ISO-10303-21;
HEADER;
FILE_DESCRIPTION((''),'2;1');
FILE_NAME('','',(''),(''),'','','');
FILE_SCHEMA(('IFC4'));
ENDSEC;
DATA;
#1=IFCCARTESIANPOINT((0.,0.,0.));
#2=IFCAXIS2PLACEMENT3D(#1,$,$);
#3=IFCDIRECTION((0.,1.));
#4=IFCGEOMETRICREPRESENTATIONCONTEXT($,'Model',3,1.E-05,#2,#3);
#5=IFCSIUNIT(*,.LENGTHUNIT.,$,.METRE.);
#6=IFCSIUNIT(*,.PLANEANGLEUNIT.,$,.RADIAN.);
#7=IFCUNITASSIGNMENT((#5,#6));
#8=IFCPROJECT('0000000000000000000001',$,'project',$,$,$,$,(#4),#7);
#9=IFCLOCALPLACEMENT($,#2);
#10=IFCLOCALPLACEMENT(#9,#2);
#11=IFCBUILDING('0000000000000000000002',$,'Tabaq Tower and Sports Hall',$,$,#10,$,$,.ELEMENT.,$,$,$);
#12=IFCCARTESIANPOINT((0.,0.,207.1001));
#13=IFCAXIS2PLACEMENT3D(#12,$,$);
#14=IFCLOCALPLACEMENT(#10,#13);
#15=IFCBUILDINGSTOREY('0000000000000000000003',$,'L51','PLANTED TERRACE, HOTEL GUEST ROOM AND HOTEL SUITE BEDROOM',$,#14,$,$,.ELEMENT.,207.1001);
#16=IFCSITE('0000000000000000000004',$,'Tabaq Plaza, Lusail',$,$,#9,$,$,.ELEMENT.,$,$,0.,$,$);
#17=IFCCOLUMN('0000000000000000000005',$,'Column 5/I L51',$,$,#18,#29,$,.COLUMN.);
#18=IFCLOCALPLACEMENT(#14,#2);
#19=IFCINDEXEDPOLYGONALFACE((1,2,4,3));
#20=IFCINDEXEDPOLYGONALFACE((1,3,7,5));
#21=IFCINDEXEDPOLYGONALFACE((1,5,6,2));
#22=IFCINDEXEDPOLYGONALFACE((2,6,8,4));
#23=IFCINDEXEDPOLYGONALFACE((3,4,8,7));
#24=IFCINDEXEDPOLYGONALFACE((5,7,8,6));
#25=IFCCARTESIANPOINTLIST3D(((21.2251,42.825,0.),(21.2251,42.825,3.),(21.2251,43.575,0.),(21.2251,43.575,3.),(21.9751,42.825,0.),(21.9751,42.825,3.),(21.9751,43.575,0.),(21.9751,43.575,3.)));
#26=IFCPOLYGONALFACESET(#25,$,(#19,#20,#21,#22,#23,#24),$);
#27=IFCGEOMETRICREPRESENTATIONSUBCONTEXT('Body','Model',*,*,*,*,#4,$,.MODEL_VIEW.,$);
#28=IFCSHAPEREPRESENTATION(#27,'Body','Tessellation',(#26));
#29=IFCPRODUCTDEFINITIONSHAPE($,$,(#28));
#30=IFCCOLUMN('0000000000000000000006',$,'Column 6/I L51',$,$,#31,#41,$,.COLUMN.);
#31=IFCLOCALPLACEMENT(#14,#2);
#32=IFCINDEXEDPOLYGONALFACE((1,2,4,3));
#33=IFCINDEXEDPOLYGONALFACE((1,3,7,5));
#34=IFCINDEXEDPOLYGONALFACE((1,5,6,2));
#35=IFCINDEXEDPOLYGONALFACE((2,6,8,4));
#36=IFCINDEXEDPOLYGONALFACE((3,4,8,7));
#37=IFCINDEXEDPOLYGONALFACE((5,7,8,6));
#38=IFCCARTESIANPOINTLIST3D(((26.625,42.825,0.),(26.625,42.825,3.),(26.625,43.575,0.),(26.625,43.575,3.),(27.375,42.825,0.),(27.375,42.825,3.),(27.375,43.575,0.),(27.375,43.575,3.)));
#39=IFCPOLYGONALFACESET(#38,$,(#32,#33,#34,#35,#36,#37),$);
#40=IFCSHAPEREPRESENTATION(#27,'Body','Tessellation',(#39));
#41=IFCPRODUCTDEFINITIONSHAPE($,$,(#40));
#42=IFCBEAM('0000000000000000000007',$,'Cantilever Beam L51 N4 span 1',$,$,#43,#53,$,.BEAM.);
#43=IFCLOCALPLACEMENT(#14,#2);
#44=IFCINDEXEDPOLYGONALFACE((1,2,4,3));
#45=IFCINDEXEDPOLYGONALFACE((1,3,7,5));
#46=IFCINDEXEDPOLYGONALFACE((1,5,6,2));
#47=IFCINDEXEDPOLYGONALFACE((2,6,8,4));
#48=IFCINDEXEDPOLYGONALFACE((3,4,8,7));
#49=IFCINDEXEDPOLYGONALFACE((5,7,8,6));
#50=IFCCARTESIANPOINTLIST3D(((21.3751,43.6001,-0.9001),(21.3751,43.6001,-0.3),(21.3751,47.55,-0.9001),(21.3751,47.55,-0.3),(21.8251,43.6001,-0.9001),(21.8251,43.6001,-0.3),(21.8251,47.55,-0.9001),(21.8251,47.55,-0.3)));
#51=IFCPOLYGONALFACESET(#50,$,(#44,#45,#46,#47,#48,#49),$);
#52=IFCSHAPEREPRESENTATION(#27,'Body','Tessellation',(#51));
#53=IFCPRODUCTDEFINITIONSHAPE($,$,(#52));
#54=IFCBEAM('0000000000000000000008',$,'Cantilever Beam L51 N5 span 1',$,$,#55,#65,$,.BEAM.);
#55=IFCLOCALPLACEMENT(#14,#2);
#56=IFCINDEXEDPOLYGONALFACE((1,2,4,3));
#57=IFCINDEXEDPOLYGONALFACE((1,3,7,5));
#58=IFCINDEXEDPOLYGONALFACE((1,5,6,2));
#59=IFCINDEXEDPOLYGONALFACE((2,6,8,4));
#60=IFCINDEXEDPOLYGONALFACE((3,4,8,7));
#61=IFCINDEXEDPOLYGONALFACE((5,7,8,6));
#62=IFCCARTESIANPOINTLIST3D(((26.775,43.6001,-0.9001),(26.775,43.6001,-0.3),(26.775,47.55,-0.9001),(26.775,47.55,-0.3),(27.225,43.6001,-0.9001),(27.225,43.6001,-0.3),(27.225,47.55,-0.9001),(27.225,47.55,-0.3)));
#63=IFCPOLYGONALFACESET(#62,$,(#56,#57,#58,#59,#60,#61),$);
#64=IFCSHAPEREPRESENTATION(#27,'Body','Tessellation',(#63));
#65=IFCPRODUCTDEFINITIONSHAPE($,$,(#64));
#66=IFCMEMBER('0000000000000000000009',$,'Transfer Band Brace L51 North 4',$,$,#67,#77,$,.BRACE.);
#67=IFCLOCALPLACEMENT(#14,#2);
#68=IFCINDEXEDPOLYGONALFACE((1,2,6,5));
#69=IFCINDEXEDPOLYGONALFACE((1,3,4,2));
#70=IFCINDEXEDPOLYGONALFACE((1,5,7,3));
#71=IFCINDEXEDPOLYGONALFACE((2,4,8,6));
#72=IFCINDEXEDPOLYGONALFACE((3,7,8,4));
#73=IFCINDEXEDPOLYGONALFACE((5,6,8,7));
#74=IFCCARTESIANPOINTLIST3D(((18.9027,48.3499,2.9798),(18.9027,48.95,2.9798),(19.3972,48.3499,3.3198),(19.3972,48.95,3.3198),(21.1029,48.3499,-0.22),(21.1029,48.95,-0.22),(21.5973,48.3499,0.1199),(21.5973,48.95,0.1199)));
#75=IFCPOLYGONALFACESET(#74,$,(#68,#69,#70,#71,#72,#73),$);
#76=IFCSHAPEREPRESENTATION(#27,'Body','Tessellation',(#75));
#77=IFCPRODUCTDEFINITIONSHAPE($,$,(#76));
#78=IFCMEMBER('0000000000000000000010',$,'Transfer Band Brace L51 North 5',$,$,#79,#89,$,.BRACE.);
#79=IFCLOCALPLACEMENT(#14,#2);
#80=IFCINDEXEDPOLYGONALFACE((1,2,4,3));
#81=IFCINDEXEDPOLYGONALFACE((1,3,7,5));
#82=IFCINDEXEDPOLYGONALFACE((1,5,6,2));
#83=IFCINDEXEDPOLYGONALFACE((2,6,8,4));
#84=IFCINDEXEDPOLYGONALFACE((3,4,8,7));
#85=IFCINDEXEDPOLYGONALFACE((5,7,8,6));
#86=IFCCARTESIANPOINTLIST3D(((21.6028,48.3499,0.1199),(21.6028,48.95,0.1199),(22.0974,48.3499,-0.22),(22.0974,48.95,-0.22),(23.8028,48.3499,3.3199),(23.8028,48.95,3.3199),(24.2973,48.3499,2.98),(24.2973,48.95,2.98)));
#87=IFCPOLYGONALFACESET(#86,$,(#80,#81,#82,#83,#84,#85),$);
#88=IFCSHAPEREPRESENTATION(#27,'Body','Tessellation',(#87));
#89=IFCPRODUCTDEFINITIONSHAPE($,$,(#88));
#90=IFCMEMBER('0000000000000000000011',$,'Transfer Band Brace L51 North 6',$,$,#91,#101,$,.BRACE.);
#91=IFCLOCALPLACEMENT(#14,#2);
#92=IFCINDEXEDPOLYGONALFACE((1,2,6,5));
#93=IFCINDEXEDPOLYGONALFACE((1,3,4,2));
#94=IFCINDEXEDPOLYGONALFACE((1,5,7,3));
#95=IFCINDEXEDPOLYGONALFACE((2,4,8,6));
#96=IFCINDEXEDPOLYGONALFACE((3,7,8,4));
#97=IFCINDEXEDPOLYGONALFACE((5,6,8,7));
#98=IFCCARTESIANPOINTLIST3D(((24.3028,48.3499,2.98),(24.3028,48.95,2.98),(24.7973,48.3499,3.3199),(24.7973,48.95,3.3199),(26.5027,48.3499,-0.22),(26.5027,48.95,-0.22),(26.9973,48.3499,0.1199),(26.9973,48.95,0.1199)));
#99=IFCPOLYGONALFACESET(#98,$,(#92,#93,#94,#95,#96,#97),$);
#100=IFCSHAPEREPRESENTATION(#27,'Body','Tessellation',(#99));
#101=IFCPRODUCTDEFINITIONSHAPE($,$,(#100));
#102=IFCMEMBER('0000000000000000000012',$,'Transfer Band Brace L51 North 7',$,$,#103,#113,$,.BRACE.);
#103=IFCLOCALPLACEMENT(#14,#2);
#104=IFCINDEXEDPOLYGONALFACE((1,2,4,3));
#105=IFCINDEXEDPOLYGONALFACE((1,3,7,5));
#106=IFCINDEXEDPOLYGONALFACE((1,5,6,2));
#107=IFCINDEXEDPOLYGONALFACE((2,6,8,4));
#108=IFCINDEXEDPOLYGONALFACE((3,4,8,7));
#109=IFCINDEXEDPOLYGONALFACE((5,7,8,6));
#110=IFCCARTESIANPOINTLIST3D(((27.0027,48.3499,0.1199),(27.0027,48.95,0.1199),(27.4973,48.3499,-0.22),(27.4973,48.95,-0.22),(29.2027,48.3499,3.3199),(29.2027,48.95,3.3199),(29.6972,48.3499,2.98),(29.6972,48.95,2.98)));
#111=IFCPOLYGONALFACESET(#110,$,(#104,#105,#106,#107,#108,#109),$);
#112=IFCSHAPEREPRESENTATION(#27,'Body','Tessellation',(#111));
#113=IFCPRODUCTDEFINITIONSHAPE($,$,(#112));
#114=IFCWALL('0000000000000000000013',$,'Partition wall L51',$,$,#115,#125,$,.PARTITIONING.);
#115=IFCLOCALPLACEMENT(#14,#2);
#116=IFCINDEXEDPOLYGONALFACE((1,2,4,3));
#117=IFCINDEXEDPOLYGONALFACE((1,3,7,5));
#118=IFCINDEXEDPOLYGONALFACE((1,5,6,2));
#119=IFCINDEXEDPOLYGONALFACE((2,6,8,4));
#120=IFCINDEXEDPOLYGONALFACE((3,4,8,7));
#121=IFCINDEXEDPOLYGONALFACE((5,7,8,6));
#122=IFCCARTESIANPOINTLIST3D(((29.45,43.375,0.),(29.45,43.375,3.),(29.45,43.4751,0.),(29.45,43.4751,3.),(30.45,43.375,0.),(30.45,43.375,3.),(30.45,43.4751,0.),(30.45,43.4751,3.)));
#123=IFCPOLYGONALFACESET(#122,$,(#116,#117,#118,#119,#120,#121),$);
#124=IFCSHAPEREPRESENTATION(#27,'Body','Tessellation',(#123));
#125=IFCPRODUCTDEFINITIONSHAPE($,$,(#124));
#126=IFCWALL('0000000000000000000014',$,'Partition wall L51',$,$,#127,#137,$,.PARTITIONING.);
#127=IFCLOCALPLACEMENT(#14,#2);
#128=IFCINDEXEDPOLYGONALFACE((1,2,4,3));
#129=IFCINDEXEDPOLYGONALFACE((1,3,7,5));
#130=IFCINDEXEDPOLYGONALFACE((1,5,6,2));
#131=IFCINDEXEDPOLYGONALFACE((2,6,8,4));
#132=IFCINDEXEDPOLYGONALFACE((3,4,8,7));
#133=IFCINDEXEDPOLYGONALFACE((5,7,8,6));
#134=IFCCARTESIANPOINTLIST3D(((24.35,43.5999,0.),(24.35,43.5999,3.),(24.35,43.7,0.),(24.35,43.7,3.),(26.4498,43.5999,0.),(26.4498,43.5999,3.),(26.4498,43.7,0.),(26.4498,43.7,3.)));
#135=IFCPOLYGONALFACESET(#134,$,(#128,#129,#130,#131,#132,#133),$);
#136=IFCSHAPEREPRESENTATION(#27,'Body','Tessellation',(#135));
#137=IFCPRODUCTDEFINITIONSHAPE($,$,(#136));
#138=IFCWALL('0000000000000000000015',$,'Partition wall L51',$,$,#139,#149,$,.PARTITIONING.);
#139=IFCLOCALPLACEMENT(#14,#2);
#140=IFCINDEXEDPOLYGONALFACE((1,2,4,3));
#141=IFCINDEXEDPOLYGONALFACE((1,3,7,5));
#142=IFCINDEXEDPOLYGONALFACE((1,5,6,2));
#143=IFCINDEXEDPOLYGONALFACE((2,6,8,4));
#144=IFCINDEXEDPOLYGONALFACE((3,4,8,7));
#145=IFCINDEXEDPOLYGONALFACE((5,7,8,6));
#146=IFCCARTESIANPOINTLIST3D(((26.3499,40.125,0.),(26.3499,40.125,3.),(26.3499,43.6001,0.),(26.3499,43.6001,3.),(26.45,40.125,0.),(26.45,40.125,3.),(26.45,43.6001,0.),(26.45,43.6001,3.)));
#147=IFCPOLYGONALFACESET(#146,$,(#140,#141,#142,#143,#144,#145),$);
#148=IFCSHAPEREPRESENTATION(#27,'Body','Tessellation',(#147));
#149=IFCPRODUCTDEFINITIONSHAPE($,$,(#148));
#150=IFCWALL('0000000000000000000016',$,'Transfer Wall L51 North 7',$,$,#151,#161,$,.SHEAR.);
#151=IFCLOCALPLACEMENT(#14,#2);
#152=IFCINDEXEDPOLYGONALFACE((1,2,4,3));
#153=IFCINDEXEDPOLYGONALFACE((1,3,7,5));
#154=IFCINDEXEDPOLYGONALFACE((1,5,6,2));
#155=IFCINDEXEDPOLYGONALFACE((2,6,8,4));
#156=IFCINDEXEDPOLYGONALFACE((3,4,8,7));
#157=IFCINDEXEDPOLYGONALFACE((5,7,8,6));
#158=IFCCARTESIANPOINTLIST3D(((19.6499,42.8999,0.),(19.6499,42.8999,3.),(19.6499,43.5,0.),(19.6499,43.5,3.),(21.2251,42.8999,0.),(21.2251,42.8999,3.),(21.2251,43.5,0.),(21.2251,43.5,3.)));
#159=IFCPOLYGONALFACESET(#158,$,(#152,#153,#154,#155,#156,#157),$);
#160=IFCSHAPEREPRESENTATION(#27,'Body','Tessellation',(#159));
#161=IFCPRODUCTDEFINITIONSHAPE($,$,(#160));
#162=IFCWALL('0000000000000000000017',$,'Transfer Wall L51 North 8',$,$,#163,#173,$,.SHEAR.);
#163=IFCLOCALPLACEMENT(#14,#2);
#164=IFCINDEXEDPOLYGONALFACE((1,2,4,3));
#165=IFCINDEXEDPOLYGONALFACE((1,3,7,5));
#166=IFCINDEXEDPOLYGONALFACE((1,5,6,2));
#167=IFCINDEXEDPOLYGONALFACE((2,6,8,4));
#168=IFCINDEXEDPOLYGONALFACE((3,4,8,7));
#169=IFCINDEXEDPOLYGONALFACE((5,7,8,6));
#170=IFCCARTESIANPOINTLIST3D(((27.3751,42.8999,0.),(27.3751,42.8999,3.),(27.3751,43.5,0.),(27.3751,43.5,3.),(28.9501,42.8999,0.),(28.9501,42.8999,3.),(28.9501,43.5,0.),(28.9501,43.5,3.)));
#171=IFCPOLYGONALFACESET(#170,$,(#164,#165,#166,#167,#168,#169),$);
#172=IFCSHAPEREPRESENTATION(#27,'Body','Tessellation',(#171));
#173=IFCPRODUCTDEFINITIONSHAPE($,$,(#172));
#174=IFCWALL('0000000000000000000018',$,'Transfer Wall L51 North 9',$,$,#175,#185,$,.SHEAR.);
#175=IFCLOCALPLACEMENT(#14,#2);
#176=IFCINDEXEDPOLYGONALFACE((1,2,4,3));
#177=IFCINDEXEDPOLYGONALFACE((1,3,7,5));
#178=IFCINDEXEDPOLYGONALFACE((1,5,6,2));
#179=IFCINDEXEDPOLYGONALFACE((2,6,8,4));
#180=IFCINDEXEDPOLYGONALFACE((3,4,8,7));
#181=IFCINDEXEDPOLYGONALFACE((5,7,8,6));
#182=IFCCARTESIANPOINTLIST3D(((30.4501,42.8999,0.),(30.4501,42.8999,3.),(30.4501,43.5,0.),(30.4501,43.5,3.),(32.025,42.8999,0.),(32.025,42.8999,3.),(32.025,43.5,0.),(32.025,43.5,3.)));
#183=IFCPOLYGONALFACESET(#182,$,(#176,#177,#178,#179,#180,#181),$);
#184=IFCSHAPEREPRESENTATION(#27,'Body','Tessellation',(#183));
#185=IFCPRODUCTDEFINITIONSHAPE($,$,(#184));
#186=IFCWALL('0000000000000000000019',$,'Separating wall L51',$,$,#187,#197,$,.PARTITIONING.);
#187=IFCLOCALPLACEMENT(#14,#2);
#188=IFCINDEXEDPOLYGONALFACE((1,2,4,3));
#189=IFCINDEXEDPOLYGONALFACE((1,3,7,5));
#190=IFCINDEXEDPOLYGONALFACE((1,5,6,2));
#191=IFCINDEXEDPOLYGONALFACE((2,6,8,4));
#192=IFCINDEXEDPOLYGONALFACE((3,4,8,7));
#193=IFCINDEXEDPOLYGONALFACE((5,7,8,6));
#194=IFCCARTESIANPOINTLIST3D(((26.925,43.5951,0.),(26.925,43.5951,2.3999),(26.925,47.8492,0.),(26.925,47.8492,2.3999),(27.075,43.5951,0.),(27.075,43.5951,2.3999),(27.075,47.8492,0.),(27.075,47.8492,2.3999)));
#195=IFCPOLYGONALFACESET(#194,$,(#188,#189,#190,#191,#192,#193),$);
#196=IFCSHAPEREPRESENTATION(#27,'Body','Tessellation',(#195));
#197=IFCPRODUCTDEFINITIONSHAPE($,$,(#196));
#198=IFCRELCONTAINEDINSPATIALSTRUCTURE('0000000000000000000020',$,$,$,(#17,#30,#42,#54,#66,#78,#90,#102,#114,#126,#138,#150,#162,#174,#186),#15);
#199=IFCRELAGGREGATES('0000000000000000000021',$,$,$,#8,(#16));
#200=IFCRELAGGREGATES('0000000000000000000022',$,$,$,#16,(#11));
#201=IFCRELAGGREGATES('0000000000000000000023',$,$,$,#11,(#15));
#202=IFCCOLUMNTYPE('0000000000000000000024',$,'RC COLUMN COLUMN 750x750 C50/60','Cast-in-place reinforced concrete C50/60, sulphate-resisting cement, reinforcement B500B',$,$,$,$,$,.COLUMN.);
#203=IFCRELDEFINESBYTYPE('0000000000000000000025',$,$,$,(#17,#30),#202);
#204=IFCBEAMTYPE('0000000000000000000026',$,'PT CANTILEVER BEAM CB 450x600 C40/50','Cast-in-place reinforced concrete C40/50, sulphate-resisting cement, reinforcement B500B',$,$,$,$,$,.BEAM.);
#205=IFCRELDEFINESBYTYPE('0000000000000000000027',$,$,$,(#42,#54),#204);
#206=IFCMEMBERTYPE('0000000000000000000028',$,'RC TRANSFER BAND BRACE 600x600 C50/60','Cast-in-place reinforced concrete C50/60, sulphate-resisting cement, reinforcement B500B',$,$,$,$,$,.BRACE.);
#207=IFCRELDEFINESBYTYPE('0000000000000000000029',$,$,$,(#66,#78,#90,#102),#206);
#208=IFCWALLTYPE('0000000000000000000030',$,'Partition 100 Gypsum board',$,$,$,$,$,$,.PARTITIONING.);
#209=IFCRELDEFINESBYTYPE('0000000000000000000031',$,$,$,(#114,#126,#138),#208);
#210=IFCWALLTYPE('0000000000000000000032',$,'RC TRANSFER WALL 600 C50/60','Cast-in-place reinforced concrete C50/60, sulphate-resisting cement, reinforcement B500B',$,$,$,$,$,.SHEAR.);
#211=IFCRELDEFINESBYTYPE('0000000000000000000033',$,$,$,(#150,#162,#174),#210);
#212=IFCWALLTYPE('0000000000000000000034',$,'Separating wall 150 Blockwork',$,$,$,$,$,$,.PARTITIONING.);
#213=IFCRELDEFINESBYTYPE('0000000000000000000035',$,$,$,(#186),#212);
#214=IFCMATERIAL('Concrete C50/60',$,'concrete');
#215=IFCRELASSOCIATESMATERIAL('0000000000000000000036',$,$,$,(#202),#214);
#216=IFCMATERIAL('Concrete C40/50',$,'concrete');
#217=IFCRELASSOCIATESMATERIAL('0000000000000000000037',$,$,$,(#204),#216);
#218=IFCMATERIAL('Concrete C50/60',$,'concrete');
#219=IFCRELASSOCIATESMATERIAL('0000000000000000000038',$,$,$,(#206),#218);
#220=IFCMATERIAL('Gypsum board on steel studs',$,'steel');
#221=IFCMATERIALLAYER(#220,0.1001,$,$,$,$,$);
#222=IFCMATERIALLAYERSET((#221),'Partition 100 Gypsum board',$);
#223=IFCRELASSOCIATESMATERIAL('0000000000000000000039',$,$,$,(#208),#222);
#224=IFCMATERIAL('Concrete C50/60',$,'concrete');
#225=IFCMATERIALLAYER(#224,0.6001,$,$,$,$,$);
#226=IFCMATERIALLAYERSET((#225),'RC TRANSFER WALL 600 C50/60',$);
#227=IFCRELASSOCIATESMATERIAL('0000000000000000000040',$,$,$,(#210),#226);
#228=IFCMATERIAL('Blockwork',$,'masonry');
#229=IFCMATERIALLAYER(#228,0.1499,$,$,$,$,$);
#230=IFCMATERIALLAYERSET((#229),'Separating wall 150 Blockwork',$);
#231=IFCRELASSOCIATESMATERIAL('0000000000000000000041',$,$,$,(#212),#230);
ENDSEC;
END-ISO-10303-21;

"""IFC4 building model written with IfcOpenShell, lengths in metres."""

from ifc_helpers import new_model, si_unit, direction, frame, frame_2d, origin, origin_2d, place, context, subcontext, project, spatial, rectangle, extrude, material, layer, layer_set, material_profile, profile_set, type_object, element, save


model = new_model("IFC4")

# Units and contexts
model_context = context("Model", 3, precision=1e-05, world=origin(), true_north=direction((0.0, 1.0)))
body_context = subcontext(model_context, "Body", "Model", "MODEL_VIEW")
ifc_project = project(units=[si_unit("LENGTHUNIT", "METRE"), si_unit("PLANEANGLEUNIT", "RADIAN")], contexts=[model_context])

# Site, building, storey
site_placement = place(None, origin())
site = spatial("IfcSite", under=ifc_project, at=site_placement, Name="Tabaq Plaza, Lusail", CompositionType="ELEMENT", RefElevation=0.0)
building_placement = place(site_placement, origin())
building = spatial("IfcBuilding", under=site, at=building_placement, Name="Tabaq Tower and Sports Hall", CompositionType="ELEMENT")
storey_placement = place(building_placement, frame((0.0, 0.0, 207.1001)))
storey = spatial("IfcBuildingStorey", under=building, at=storey_placement, Name="L51", Description="PLANTED TERRACE, HOTEL GUEST ROOM AND HOTEL SUITE BEDROOM", CompositionType="ELEMENT", Elevation=207.1001)

# Columns
ifc_material_1 = material(Name="Concrete C50/60", Category="concrete")
ifc_material_profile_1 = material_profile(ifc_material_1, rectangle(XDim=0.75, YDim=0.75, at=origin_2d()), Name="COLUMN 750x750")
ifc_profile_set_1 = profile_set([ifc_material_profile_1], Name="Concrete C50/60")
column_type = type_object("IfcColumnType", Name="RC COLUMN COLUMN 750x750 C50/60", Description="Cast-in-place reinforced concrete C50/60, sulphate-resisting cement, reinforcement B500B", PredefinedType="COLUMN", material=ifc_profile_set_1)
for number, where, z_axis, x_axis, name in (
    (1, (21.6001, 43.2, 0.0), (0.0, 0.0, 1.0), (1.0, 0.0, 0.0), "Column 5/I L51"),
    (2, (27.0, 43.2, 0.0), (0.0, 0.0, 1.0), (1.0, 0.0, 0.0), "Column 6/I L51"),
):
    element("IfcColumn", number, at=place(storey_placement, frame(where, z_axis=z_axis, x_axis=x_axis)), inside=storey, type_object=column_type, Name=name, PredefinedType="COLUMN", context=body_context, shape_type="SweptSolid", body=[
        extrude(rectangle(XDim=0.75, YDim=0.75, at=origin_2d()), origin(), (0.0, 0.0, 1.0), 3.0),
    ])

# Beams
ifc_material_2 = material(Name="Concrete C40/50", Category="concrete")
ifc_material_profile_2 = material_profile(ifc_material_2, rectangle(XDim=0.45, YDim=0.6001, at=origin_2d()), Name="CB 450x600")
ifc_profile_set_2 = profile_set([ifc_material_profile_2], Name="Concrete C40/50")
beam_type = type_object("IfcBeamType", Name="PT CANTILEVER BEAM CB 450x600 C40/50", Description="Cast-in-place reinforced concrete C40/50, sulphate-resisting cement, reinforcement B500B", PredefinedType="BEAM", material=ifc_profile_set_2)
for number, where, z_axis, x_axis, name in (
    (3, (21.6001, 47.55, -0.6001), (0.0, -1.0, 0.0), (1.0, 0.0, 0.0), "Cantilever Beam L51 N4 span 1"),
    (4, (27.0, 47.55, -0.6001), (0.0, -1.0, 0.0), (1.0, 0.0, 0.0), "Cantilever Beam L51 N5 span 1"),
):
    element("IfcBeam", number, at=place(storey_placement, frame(where, z_axis=z_axis, x_axis=x_axis)), inside=storey, type_object=beam_type, Name=name, PredefinedType="BEAM", context=body_context, shape_type="SweptSolid", body=[
        extrude(rectangle(XDim=0.45, YDim=0.6001, at=origin_2d()), origin(), (0.0, 0.0, 1.0), 3.95),
    ])

# Members
ifc_material_3 = material(Name="Concrete C50/60", Category="concrete")
ifc_material_profile_3 = material_profile(ifc_material_3, rectangle(XDim=0.6001, YDim=0.6001, at=origin_2d()), Name="TRANSFER BAND BRACE 600x600")
ifc_profile_set_3 = profile_set([ifc_material_profile_3], Name="Concrete C50/60")
member_type = type_object("IfcMemberType", Name="RC TRANSFER BAND BRACE 600x600 C50/60", Description="Cast-in-place reinforced concrete C50/60, sulphate-resisting cement, reinforcement B500B", PredefinedType="BRACE", material=ifc_profile_set_3)
for number, where, z_axis, x_axis, name in (
    (5, (21.3501, 48.6499, -0.05), (-0.566569, 0.0, 0.824014), (0.0, -1.0, 0.0), "Transfer Band Brace L51 North 4"),
    (6, (21.8501, 48.6499, -0.05), (0.566526, 0.0, 0.824044), (0.0, 1.0, 0.0), "Transfer Band Brace L51 North 5"),
    (7, (26.75, 48.6499, -0.05), (-0.566526, 0.0, 0.824044), (0.0, -1.0, 0.0), "Transfer Band Brace L51 North 6"),
    (8, (27.25, 48.6499, -0.05), (0.566526, 0.0, 0.824044), (0.0, 1.0, 0.0), "Transfer Band Brace L51 North 7"),
):
    element("IfcMember", number, at=place(storey_placement, frame(where, z_axis=z_axis, x_axis=x_axis)), inside=storey, type_object=member_type, Name=name, PredefinedType="BRACE", context=body_context, shape_type="SweptSolid", body=[
        extrude(rectangle(XDim=0.6001, YDim=0.6001, at=origin_2d()), origin(), (0.0, 0.0, 1.0), 3.8833),
    ])

# Walls
ifc_material_4 = material(Name="Gypsum board on steel studs", Category="steel")
ifc_layer_1 = layer(ifc_material_4, 0.1001)
ifc_layer_set_1 = layer_set([ifc_layer_1], Name="Partition 100 Gypsum board")
wall_type_1 = type_object("IfcWallType", Name="Partition 100 Gypsum board", PredefinedType="PARTITIONING", material=ifc_layer_set_1)
wall_1_placement = place(storey_placement, frame((29.45, 43.425, 0.0), z_axis=(0.0, 0.0, 1.0), x_axis=(1.0, 0.0, 0.0)))
element("IfcWall", 9, at=wall_1_placement, inside=storey, type_object=wall_type_1, Name="Partition wall L51", PredefinedType="PARTITIONING", context=body_context, shape_type="SweptSolid", body=[
    extrude(rectangle(XDim=1.0, YDim=0.1001, at=frame_2d((0.5, 0.0))), origin(), (0.0, 0.0, 1.0), 3.0),
])
wall_2_placement = place(storey_placement, frame((24.3501, 43.6499, 0.0), z_axis=(0.0, 0.0, 1.0), x_axis=(1.0, 0.0, 0.0)))
element("IfcWall", 10, at=wall_2_placement, inside=storey, type_object=wall_type_1, Name="Partition wall L51", PredefinedType="PARTITIONING", context=body_context, shape_type="SweptSolid", body=[
    extrude(rectangle(XDim=2.0999, YDim=0.1001, at=frame_2d((1.0498, 0.0))), origin(), (0.0, 0.0, 1.0), 3.0),
])
wall_3_placement = place(storey_placement, frame((26.3999, 43.6001, 0.0), z_axis=(0.0, 0.0, 1.0), x_axis=(0.0, -1.0, 0.0)))
element("IfcWall", 11, at=wall_3_placement, inside=storey, type_object=wall_type_1, Name="Partition wall L51", PredefinedType="PARTITIONING", context=body_context, shape_type="SweptSolid", body=[
    extrude(rectangle(XDim=3.4751, YDim=0.1001, at=frame_2d((1.7375, 0.0))), origin(), (0.0, 0.0, 1.0), 3.0),
])
ifc_material_5 = material(Name="Concrete C50/60", Category="concrete")
ifc_layer_2 = layer(ifc_material_5, 0.6001)
ifc_layer_set_2 = layer_set([ifc_layer_2], Name="RC TRANSFER WALL 600 C50/60")
wall_type_2 = type_object("IfcWallType", Name="RC TRANSFER WALL 600 C50/60", Description="Cast-in-place reinforced concrete C50/60, sulphate-resisting cement, reinforcement B500B", PredefinedType="SHEAR", material=ifc_layer_set_2)
wall_4_placement = place(storey_placement, frame((19.6499, 43.2, 0.0), z_axis=(0.0, 0.0, 1.0), x_axis=(1.0, 0.0, 0.0)))
element("IfcWall", 12, at=wall_4_placement, inside=storey, type_object=wall_type_2, Name="Transfer Wall L51 North 7", PredefinedType="SHEAR", context=body_context, shape_type="SweptSolid", body=[
    extrude(rectangle(XDim=1.5752, YDim=0.6001, at=frame_2d((0.7876, 0.0))), origin(), (0.0, 0.0, 1.0), 3.0),
])
for number, where, z_axis, x_axis, name in (
    (13, (27.375, 43.2, 0.0), (0.0, 0.0, 1.0), (1.0, 0.0, 0.0), "Transfer Wall L51 North 8"),
    (14, (30.45, 43.2, 0.0), (0.0, 0.0, 1.0), (1.0, 0.0, 0.0), "Transfer Wall L51 North 9"),
):
    element("IfcWall", number, at=place(storey_placement, frame(where, z_axis=z_axis, x_axis=x_axis)), inside=storey, type_object=wall_type_2, Name=name, PredefinedType="SHEAR", context=body_context, shape_type="SweptSolid", body=[
        extrude(rectangle(XDim=1.575, YDim=0.6001, at=frame_2d((0.7876, 0.0))), origin(), (0.0, 0.0, 1.0), 3.0),
    ])
ifc_material_6 = material(Name="Blockwork", Category="masonry")
ifc_layer_3 = layer(ifc_material_6, 0.1499)
ifc_layer_set_3 = layer_set([ifc_layer_3], Name="Separating wall 150 Blockwork")
wall_type_3 = type_object("IfcWallType", Name="Separating wall 150 Blockwork", PredefinedType="PARTITIONING", material=ifc_layer_set_3)
wall_5_placement = place(storey_placement, frame((27.0, 47.8491, 0.0), z_axis=(0.0, 0.0, 1.0), x_axis=(0.0, -1.0, 0.0)))
element("IfcWall", 15, at=wall_5_placement, inside=storey, type_object=wall_type_3, Name="Separating wall L51", PredefinedType="PARTITIONING", context=body_context, shape_type="SweptSolid", body=[
    extrude(rectangle(XDim=4.2542, YDim=0.1499, at=frame_2d((2.127, 0.0))), origin(), (0.0, 0.0, 1.0), 2.3999),
])

save(model, "model.ifc")
